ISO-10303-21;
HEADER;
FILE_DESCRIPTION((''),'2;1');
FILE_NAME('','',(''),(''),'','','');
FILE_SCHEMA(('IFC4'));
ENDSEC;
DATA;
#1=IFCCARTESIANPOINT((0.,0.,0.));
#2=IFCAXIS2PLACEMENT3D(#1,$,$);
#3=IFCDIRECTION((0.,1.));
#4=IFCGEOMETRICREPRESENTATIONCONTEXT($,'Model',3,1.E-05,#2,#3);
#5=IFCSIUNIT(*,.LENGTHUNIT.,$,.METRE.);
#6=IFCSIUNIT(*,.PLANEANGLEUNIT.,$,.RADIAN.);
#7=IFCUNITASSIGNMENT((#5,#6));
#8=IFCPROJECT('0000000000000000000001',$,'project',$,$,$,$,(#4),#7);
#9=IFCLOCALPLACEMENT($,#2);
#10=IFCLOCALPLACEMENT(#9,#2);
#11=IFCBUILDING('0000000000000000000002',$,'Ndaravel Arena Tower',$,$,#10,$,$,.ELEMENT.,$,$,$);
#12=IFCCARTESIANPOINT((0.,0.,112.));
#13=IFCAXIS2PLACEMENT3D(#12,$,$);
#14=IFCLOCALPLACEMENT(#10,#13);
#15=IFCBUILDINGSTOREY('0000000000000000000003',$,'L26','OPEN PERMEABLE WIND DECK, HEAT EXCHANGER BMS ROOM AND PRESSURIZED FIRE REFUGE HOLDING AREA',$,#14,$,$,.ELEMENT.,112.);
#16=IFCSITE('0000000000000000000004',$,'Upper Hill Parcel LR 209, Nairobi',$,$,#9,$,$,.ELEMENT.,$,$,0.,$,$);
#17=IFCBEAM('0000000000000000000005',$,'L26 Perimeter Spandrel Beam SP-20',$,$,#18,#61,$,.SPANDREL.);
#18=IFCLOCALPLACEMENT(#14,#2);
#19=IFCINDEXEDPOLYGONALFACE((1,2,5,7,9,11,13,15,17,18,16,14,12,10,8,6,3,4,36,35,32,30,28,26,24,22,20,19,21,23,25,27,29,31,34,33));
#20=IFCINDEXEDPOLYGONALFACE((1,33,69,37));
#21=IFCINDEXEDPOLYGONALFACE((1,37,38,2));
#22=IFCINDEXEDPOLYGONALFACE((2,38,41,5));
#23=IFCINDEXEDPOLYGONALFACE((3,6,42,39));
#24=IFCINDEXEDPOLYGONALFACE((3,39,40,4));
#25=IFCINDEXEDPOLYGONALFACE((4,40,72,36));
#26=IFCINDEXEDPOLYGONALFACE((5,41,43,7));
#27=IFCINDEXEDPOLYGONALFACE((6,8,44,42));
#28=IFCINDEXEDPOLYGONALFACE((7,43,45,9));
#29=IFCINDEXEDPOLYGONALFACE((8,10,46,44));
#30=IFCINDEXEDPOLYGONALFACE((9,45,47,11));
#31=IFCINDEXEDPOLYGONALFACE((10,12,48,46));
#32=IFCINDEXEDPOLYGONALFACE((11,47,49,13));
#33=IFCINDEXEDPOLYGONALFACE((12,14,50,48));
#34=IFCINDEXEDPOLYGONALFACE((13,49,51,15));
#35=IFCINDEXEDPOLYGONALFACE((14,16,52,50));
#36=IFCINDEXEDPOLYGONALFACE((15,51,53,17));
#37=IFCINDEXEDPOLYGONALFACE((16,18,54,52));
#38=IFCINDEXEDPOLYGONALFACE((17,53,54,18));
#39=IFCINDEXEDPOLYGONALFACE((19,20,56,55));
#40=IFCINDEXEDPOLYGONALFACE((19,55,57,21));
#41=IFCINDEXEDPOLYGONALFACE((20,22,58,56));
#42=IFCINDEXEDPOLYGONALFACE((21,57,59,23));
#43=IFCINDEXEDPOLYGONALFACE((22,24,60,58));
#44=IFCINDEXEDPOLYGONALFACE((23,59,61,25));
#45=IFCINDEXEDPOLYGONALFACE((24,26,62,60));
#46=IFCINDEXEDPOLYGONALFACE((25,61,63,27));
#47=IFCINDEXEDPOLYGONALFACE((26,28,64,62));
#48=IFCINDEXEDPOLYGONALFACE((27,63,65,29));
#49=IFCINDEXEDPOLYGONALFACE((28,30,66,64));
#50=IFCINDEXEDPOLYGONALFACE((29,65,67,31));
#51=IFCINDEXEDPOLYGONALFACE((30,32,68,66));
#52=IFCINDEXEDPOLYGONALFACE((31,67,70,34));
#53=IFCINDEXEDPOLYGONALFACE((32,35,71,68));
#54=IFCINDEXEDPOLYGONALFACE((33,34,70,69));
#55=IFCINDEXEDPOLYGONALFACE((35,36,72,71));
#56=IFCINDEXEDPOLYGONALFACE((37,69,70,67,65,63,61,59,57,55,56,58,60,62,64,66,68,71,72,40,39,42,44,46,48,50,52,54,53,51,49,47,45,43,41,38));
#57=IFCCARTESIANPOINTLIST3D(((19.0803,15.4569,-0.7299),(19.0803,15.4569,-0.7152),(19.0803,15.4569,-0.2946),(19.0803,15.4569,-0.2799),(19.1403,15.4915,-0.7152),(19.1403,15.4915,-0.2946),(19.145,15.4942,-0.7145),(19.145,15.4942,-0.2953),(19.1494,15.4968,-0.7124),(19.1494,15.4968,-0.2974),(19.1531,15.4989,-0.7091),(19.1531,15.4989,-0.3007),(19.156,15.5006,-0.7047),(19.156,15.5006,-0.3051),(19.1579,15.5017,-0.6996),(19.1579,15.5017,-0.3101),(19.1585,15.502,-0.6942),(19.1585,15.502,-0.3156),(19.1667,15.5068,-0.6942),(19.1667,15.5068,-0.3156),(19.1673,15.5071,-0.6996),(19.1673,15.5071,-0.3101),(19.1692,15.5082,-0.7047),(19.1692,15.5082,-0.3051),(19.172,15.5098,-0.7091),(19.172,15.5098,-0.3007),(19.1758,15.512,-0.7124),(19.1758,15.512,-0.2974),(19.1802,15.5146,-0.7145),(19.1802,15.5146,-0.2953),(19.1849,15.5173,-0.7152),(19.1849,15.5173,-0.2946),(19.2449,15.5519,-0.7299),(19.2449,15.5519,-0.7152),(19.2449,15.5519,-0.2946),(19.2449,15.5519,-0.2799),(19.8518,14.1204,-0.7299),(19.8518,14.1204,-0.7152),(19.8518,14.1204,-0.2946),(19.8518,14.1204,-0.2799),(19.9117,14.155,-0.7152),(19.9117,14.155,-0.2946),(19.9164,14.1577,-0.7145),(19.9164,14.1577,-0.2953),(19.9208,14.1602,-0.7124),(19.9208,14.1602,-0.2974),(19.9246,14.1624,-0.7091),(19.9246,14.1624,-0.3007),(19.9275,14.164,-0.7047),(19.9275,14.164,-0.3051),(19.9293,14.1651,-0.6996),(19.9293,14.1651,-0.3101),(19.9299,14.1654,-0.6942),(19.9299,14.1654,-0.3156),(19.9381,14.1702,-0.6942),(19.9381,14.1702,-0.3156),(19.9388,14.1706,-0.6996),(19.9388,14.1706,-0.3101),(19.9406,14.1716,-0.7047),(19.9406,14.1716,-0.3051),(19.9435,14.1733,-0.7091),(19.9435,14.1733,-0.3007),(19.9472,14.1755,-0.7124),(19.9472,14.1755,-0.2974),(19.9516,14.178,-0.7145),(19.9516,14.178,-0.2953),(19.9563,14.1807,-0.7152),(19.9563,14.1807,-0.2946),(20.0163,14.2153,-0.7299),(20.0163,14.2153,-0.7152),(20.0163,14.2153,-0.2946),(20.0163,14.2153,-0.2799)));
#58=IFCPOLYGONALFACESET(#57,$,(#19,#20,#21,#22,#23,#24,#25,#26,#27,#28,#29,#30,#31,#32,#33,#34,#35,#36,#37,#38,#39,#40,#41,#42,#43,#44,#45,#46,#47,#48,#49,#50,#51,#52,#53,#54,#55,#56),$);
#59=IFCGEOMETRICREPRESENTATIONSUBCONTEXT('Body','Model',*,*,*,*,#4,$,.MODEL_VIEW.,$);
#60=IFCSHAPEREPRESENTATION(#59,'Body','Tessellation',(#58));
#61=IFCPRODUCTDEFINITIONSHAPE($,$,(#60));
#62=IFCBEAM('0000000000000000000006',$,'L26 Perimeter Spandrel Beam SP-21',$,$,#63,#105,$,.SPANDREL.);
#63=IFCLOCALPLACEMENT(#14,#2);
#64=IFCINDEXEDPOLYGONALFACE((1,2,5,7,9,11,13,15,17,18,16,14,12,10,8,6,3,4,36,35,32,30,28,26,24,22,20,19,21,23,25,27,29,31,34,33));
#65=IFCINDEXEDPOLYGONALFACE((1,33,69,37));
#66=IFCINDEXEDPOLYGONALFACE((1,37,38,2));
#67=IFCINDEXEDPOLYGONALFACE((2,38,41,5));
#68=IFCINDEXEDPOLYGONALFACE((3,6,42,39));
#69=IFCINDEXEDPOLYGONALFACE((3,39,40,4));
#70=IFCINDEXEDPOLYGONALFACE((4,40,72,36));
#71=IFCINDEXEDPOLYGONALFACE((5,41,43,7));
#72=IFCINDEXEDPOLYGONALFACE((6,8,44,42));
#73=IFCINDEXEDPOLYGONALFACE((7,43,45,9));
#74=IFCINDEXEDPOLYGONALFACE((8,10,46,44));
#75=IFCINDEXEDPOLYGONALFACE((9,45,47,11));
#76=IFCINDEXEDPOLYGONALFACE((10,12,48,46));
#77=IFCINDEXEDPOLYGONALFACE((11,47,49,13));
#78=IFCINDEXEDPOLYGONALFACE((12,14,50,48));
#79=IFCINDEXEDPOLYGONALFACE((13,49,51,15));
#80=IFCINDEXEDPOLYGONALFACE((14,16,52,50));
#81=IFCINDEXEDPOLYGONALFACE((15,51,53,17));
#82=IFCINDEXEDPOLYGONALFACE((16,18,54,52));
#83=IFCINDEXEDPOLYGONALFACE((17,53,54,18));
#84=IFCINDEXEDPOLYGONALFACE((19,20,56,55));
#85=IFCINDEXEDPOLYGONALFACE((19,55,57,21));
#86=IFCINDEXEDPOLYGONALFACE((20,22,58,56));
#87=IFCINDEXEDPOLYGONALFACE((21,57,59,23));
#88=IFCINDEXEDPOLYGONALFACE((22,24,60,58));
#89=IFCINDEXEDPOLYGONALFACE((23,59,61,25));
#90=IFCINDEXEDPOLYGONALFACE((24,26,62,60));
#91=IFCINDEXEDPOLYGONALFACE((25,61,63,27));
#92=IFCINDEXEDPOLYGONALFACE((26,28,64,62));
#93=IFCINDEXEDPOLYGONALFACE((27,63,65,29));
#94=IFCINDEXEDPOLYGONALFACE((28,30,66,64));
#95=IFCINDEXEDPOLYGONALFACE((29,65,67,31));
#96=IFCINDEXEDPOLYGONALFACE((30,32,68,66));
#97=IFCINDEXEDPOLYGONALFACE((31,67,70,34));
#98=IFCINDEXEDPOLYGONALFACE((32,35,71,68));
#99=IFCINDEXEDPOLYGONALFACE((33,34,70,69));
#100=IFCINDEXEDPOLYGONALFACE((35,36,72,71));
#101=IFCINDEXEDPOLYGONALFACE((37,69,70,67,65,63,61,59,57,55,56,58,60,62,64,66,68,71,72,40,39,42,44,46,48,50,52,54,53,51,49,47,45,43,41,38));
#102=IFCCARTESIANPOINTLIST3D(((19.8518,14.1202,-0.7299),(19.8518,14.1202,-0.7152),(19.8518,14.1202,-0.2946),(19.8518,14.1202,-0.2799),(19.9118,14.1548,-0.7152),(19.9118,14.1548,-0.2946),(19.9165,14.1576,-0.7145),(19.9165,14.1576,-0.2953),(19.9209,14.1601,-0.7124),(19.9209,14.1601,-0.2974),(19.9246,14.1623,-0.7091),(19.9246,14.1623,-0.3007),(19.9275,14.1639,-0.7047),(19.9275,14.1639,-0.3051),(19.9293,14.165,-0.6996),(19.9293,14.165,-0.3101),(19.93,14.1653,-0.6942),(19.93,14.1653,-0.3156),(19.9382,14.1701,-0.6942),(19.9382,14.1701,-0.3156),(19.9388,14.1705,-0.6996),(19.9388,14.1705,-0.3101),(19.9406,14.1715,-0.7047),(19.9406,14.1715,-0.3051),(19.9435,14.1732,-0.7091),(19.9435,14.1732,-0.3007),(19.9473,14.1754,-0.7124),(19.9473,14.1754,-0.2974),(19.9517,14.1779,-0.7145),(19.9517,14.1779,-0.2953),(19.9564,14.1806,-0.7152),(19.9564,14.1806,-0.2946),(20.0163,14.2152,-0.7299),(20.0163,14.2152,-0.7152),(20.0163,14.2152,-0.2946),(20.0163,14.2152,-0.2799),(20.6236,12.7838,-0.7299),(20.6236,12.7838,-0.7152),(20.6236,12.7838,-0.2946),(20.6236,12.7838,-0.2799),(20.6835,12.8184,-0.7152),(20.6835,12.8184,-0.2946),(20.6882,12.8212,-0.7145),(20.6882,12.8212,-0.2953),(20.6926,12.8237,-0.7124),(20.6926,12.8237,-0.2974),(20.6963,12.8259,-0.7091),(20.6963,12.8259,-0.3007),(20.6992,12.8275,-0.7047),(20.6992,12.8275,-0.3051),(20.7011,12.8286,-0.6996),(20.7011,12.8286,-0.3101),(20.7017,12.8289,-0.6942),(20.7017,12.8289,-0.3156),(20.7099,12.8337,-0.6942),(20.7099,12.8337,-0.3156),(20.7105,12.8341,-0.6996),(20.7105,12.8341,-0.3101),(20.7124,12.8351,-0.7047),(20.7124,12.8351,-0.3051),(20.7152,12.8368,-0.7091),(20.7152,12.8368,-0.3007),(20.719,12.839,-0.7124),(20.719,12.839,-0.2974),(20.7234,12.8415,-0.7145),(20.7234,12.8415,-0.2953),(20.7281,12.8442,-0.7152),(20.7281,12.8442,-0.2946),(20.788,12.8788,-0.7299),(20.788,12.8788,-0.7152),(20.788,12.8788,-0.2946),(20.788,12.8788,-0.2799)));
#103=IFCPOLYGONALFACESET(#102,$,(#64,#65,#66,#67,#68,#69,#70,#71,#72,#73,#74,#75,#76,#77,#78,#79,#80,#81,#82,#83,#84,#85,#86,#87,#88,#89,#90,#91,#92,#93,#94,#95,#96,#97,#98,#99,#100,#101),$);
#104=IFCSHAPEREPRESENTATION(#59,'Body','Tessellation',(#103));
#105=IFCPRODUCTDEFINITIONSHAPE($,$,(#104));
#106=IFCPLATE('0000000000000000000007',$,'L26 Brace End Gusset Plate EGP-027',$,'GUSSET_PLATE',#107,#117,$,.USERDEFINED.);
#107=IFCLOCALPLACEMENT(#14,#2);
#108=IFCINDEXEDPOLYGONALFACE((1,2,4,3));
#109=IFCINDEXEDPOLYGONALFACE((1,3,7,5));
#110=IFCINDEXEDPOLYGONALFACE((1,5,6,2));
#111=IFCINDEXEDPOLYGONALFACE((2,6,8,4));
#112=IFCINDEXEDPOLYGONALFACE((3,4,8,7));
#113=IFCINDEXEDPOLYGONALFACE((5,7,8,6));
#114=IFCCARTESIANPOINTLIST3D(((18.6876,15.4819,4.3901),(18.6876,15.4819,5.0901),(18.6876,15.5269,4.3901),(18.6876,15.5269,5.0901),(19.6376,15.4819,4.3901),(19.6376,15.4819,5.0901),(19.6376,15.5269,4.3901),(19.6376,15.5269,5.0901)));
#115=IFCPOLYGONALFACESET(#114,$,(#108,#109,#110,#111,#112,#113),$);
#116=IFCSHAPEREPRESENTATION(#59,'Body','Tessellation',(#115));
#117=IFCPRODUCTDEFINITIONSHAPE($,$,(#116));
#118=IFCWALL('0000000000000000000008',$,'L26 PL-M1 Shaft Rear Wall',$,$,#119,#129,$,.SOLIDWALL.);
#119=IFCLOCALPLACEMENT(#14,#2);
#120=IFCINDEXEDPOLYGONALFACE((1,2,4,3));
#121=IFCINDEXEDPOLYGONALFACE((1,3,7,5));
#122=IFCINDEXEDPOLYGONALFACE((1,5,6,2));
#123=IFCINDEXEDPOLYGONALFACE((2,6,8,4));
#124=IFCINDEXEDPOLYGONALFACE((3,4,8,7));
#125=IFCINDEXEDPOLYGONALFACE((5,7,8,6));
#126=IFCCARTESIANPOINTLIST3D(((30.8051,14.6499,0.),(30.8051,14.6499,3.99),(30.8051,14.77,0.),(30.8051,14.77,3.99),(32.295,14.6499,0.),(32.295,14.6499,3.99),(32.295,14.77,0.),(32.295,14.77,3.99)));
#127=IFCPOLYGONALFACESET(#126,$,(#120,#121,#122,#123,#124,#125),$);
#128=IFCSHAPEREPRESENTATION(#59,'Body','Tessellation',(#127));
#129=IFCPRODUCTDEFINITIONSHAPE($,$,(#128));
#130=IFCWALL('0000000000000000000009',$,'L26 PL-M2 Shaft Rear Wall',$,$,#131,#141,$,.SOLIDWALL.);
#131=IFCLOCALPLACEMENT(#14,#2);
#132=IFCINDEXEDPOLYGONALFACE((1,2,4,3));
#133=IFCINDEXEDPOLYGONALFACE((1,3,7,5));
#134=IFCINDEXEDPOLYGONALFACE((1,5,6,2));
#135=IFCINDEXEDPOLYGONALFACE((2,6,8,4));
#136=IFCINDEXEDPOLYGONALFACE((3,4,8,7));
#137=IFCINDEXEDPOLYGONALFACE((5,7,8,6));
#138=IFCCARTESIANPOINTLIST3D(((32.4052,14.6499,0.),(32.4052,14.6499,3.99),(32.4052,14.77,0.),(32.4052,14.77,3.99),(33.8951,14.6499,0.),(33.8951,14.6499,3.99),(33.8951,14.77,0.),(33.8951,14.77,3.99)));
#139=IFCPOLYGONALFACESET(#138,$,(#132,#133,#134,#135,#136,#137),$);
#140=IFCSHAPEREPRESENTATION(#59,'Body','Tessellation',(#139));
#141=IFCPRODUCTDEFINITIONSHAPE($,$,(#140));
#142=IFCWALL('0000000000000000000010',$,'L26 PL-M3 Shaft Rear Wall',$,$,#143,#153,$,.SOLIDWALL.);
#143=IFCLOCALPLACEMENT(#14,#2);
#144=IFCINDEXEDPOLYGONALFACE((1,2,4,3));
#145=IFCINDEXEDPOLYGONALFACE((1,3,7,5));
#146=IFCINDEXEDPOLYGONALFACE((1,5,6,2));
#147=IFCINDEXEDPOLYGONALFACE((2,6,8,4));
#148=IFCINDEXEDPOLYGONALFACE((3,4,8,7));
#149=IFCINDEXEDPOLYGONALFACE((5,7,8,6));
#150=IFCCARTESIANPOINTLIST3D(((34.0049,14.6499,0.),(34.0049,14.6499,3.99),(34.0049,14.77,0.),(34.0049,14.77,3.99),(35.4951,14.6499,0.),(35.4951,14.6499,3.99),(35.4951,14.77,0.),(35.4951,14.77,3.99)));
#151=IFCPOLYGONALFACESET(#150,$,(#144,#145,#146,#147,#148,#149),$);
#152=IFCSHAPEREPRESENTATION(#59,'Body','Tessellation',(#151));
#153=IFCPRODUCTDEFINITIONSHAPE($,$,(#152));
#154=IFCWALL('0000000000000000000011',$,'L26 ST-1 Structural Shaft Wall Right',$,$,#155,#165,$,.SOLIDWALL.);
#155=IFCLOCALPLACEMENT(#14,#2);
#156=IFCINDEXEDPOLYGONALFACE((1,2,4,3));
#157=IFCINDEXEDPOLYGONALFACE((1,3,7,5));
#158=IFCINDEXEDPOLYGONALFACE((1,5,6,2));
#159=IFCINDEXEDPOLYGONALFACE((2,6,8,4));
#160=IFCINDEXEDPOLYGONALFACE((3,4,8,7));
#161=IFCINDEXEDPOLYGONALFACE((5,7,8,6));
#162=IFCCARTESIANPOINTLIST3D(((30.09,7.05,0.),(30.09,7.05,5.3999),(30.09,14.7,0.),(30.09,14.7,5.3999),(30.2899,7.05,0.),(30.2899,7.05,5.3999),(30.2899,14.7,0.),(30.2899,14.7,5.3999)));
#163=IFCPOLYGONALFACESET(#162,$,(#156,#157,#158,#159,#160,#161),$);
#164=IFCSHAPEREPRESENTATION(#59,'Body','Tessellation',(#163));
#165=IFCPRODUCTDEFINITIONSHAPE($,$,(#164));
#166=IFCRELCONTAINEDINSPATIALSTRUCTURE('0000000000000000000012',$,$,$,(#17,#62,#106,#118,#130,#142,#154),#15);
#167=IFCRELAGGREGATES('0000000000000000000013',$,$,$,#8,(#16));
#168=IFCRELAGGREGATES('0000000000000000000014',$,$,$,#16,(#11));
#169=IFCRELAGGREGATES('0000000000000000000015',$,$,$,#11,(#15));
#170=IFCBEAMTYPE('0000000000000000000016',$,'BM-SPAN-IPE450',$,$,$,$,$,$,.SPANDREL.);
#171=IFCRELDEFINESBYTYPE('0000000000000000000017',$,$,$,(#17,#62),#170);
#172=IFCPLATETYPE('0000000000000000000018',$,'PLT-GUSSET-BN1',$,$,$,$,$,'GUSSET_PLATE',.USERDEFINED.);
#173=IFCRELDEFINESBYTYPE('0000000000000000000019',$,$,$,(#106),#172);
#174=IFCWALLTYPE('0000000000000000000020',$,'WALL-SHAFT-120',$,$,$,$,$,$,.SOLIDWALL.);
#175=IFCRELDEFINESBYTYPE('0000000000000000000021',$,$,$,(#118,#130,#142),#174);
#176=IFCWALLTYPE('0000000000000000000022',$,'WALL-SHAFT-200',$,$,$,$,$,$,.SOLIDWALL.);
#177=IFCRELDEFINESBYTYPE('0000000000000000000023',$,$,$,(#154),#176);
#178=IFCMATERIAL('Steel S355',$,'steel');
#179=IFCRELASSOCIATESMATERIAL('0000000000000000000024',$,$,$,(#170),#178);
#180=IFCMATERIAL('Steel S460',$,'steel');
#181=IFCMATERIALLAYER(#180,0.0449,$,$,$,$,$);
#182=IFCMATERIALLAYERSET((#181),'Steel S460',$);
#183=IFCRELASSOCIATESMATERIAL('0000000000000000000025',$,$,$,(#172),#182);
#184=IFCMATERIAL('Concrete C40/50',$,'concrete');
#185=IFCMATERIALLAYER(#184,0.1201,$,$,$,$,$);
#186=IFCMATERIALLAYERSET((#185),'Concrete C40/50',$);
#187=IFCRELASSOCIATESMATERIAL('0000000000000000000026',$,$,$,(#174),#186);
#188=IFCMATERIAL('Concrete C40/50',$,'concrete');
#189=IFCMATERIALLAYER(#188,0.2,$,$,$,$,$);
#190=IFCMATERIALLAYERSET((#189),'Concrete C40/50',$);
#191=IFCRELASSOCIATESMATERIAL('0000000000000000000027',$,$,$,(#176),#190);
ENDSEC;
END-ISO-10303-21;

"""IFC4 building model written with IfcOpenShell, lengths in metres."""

from ifc_helpers import new_model, si_unit, direction, frame, frame_2d, origin, origin_2d, place, context, subcontext, project, spatial, rectangle, i_section, extrude, material, layer, layer_set, material_profile, profile_set, type_object, element, save


model = new_model("IFC4")

# Units and contexts
model_context = context("Model", 3, precision=1e-05, world=origin(), true_north=direction((0.0, 1.0)))
body_context = subcontext(model_context, "Body", "Model", "MODEL_VIEW")
ifc_project = project(units=[si_unit("LENGTHUNIT", "METRE"), si_unit("PLANEANGLEUNIT", "RADIAN")], contexts=[model_context])

# Site, building, storey
site_placement = place(None, origin())
site = spatial("IfcSite", under=ifc_project, at=site_placement, Name="Upper Hill Parcel LR 209, Nairobi", CompositionType="ELEMENT", RefElevation=0.0)
building_placement = place(site_placement, origin())
building = spatial("IfcBuilding", under=site, at=building_placement, Name="Ndaravel Arena Tower", CompositionType="ELEMENT")
storey_placement = place(building_placement, frame((0.0, 0.0, 112.0)))
storey = spatial("IfcBuildingStorey", under=building, at=storey_placement, Name="L26", Description="OPEN PERMEABLE WIND DECK, HEAT EXCHANGER BMS ROOM AND PRESSURIZED FIRE REFUGE HOLDING AREA", CompositionType="ELEMENT", Elevation=112.0)

# Beams
ifc_material_1 = material(Name="Steel S355", Category="steel")
ifc_material_profile_1 = material_profile(ifc_material_1, i_section(OverallWidth=0.1899, OverallDepth=0.45, WebThickness=0.0095, FlangeThickness=0.0146, FilletRadius=0.021, at=origin_2d()), Name="IPE 450")
ifc_profile_set_1 = profile_set([ifc_material_profile_1], Name="Steel S355")
beam_type_1 = type_object("IfcBeamType", Name="BM-SPAN-IPE450", PredefinedType="SPANDREL", material=ifc_profile_set_1)
for number, where, z_axis, x_axis, name in (
    (1, (19.1626, 15.5044, -0.5049), (0.499882, -0.866093, 0.0), (0.866093, 0.499882, 0.0), "L26 Perimeter Spandrel Beam SP-20"),
    (2, (19.9341, 14.1677, -0.5049), (0.500069, -0.865985, 0.0), (0.865985, 0.500069, 0.0), "L26 Perimeter Spandrel Beam SP-21"),
):
    element("IfcBeam", number, at=place(storey_placement, frame(where, z_axis=z_axis, x_axis=x_axis)), inside=storey, type_object=beam_type_1, Name=name, PredefinedType="SPANDREL", context=body_context, shape_type="SweptSolid", body=[
        extrude(i_section(OverallWidth=0.1899, OverallDepth=0.45, WebThickness=0.0095, FlangeThickness=0.0146, FilletRadius=0.021, at=origin_2d()), origin(), (0.0, 0.0, 1.0), 1.5432),
    ])

# Plate
ifc_material_2 = material(Name="Steel S460", Category="steel")
ifc_layer_1 = layer(ifc_material_2, 0.0449)
ifc_layer_set_1 = layer_set([ifc_layer_1], Name="Steel S460")
plate_type = type_object("IfcPlateType", Name="PLT-GUSSET-BN1", ElementType="GUSSET_PLATE", PredefinedType="USERDEFINED", material=ifc_layer_set_1)
plate_placement = place(storey_placement, frame((19.1626, 15.5044, 4.3901), z_axis=(0.0, 0.0, 1.0), x_axis=(1.0, 0.0, 0.0)))
element("IfcPlate", 3, at=plate_placement, inside=storey, type_object=plate_type, Name="L26 Brace End Gusset Plate EGP-027", ObjectType="GUSSET_PLATE", PredefinedType="USERDEFINED", context=body_context, shape_type="SweptSolid", body=[
    extrude(rectangle(XDim=0.95, YDim=0.0449, at=origin_2d()), origin(), (0.0, 0.0, 1.0), 0.7),
])

# Walls
ifc_material_3 = material(Name="Concrete C40/50", Category="concrete")
ifc_layer_2 = layer(ifc_material_3, 0.1201)
ifc_layer_set_2 = layer_set([ifc_layer_2], Name="Concrete C40/50")
wall_type_1 = type_object("IfcWallType", Name="WALL-SHAFT-120", PredefinedType="SOLIDWALL", material=ifc_layer_set_2)
for number, where, z_axis, x_axis, name in (
    (4, (30.8049, 14.71, 0.0), (0.0, 0.0, 1.0), (1.0, 0.0, 0.0), "L26 PL-M1 Shaft Rear Wall"),
    (5, (32.405, 14.71, 0.0), (0.0, 0.0, 1.0), (1.0, 0.0, 0.0), "L26 PL-M2 Shaft Rear Wall"),
):
    element("IfcWall", number, at=place(storey_placement, frame(where, z_axis=z_axis, x_axis=x_axis)), inside=storey, type_object=wall_type_1, Name=name, PredefinedType="SOLIDWALL", context=body_context, shape_type="SweptSolid", body=[
        extrude(rectangle(XDim=1.49, YDim=0.1201, at=frame_2d((0.7451, 0.0))), origin(), (0.0, 0.0, 1.0), 3.99),
    ])
wall_1_placement = place(storey_placement, frame((34.0049, 14.71, 0.0), z_axis=(0.0, 0.0, 1.0), x_axis=(1.0, 0.0, 0.0)))
element("IfcWall", 6, at=wall_1_placement, inside=storey, type_object=wall_type_1, Name="L26 PL-M3 Shaft Rear Wall", PredefinedType="SOLIDWALL", context=body_context, shape_type="SweptSolid", body=[
    extrude(rectangle(XDim=1.4902, YDim=0.1201, at=frame_2d((0.7451, 0.0))), origin(), (0.0, 0.0, 1.0), 3.99),
])
ifc_material_4 = material(Name="Concrete C40/50", Category="concrete")
ifc_layer_3 = layer(ifc_material_4, 0.2)
ifc_layer_set_3 = layer_set([ifc_layer_3], Name="Concrete C40/50")
wall_type_2 = type_object("IfcWallType", Name="WALL-SHAFT-200", PredefinedType="SOLIDWALL", material=ifc_layer_set_3)
wall_2_placement = place(storey_placement, frame((30.1899, 14.7, 0.0), z_axis=(0.0, 0.0, 1.0), x_axis=(0.0, -1.0, 0.0)))
element("IfcWall", 7, at=wall_2_placement, inside=storey, type_object=wall_type_2, Name="L26 ST-1 Structural Shaft Wall Right", PredefinedType="SOLIDWALL", context=body_context, shape_type="SweptSolid", body=[
    extrude(rectangle(XDim=7.6499, YDim=0.2, at=frame_2d((3.825, 0.0))), origin(), (0.0, 0.0, 1.0), 5.3999),
])

save(model, "model.ifc")
